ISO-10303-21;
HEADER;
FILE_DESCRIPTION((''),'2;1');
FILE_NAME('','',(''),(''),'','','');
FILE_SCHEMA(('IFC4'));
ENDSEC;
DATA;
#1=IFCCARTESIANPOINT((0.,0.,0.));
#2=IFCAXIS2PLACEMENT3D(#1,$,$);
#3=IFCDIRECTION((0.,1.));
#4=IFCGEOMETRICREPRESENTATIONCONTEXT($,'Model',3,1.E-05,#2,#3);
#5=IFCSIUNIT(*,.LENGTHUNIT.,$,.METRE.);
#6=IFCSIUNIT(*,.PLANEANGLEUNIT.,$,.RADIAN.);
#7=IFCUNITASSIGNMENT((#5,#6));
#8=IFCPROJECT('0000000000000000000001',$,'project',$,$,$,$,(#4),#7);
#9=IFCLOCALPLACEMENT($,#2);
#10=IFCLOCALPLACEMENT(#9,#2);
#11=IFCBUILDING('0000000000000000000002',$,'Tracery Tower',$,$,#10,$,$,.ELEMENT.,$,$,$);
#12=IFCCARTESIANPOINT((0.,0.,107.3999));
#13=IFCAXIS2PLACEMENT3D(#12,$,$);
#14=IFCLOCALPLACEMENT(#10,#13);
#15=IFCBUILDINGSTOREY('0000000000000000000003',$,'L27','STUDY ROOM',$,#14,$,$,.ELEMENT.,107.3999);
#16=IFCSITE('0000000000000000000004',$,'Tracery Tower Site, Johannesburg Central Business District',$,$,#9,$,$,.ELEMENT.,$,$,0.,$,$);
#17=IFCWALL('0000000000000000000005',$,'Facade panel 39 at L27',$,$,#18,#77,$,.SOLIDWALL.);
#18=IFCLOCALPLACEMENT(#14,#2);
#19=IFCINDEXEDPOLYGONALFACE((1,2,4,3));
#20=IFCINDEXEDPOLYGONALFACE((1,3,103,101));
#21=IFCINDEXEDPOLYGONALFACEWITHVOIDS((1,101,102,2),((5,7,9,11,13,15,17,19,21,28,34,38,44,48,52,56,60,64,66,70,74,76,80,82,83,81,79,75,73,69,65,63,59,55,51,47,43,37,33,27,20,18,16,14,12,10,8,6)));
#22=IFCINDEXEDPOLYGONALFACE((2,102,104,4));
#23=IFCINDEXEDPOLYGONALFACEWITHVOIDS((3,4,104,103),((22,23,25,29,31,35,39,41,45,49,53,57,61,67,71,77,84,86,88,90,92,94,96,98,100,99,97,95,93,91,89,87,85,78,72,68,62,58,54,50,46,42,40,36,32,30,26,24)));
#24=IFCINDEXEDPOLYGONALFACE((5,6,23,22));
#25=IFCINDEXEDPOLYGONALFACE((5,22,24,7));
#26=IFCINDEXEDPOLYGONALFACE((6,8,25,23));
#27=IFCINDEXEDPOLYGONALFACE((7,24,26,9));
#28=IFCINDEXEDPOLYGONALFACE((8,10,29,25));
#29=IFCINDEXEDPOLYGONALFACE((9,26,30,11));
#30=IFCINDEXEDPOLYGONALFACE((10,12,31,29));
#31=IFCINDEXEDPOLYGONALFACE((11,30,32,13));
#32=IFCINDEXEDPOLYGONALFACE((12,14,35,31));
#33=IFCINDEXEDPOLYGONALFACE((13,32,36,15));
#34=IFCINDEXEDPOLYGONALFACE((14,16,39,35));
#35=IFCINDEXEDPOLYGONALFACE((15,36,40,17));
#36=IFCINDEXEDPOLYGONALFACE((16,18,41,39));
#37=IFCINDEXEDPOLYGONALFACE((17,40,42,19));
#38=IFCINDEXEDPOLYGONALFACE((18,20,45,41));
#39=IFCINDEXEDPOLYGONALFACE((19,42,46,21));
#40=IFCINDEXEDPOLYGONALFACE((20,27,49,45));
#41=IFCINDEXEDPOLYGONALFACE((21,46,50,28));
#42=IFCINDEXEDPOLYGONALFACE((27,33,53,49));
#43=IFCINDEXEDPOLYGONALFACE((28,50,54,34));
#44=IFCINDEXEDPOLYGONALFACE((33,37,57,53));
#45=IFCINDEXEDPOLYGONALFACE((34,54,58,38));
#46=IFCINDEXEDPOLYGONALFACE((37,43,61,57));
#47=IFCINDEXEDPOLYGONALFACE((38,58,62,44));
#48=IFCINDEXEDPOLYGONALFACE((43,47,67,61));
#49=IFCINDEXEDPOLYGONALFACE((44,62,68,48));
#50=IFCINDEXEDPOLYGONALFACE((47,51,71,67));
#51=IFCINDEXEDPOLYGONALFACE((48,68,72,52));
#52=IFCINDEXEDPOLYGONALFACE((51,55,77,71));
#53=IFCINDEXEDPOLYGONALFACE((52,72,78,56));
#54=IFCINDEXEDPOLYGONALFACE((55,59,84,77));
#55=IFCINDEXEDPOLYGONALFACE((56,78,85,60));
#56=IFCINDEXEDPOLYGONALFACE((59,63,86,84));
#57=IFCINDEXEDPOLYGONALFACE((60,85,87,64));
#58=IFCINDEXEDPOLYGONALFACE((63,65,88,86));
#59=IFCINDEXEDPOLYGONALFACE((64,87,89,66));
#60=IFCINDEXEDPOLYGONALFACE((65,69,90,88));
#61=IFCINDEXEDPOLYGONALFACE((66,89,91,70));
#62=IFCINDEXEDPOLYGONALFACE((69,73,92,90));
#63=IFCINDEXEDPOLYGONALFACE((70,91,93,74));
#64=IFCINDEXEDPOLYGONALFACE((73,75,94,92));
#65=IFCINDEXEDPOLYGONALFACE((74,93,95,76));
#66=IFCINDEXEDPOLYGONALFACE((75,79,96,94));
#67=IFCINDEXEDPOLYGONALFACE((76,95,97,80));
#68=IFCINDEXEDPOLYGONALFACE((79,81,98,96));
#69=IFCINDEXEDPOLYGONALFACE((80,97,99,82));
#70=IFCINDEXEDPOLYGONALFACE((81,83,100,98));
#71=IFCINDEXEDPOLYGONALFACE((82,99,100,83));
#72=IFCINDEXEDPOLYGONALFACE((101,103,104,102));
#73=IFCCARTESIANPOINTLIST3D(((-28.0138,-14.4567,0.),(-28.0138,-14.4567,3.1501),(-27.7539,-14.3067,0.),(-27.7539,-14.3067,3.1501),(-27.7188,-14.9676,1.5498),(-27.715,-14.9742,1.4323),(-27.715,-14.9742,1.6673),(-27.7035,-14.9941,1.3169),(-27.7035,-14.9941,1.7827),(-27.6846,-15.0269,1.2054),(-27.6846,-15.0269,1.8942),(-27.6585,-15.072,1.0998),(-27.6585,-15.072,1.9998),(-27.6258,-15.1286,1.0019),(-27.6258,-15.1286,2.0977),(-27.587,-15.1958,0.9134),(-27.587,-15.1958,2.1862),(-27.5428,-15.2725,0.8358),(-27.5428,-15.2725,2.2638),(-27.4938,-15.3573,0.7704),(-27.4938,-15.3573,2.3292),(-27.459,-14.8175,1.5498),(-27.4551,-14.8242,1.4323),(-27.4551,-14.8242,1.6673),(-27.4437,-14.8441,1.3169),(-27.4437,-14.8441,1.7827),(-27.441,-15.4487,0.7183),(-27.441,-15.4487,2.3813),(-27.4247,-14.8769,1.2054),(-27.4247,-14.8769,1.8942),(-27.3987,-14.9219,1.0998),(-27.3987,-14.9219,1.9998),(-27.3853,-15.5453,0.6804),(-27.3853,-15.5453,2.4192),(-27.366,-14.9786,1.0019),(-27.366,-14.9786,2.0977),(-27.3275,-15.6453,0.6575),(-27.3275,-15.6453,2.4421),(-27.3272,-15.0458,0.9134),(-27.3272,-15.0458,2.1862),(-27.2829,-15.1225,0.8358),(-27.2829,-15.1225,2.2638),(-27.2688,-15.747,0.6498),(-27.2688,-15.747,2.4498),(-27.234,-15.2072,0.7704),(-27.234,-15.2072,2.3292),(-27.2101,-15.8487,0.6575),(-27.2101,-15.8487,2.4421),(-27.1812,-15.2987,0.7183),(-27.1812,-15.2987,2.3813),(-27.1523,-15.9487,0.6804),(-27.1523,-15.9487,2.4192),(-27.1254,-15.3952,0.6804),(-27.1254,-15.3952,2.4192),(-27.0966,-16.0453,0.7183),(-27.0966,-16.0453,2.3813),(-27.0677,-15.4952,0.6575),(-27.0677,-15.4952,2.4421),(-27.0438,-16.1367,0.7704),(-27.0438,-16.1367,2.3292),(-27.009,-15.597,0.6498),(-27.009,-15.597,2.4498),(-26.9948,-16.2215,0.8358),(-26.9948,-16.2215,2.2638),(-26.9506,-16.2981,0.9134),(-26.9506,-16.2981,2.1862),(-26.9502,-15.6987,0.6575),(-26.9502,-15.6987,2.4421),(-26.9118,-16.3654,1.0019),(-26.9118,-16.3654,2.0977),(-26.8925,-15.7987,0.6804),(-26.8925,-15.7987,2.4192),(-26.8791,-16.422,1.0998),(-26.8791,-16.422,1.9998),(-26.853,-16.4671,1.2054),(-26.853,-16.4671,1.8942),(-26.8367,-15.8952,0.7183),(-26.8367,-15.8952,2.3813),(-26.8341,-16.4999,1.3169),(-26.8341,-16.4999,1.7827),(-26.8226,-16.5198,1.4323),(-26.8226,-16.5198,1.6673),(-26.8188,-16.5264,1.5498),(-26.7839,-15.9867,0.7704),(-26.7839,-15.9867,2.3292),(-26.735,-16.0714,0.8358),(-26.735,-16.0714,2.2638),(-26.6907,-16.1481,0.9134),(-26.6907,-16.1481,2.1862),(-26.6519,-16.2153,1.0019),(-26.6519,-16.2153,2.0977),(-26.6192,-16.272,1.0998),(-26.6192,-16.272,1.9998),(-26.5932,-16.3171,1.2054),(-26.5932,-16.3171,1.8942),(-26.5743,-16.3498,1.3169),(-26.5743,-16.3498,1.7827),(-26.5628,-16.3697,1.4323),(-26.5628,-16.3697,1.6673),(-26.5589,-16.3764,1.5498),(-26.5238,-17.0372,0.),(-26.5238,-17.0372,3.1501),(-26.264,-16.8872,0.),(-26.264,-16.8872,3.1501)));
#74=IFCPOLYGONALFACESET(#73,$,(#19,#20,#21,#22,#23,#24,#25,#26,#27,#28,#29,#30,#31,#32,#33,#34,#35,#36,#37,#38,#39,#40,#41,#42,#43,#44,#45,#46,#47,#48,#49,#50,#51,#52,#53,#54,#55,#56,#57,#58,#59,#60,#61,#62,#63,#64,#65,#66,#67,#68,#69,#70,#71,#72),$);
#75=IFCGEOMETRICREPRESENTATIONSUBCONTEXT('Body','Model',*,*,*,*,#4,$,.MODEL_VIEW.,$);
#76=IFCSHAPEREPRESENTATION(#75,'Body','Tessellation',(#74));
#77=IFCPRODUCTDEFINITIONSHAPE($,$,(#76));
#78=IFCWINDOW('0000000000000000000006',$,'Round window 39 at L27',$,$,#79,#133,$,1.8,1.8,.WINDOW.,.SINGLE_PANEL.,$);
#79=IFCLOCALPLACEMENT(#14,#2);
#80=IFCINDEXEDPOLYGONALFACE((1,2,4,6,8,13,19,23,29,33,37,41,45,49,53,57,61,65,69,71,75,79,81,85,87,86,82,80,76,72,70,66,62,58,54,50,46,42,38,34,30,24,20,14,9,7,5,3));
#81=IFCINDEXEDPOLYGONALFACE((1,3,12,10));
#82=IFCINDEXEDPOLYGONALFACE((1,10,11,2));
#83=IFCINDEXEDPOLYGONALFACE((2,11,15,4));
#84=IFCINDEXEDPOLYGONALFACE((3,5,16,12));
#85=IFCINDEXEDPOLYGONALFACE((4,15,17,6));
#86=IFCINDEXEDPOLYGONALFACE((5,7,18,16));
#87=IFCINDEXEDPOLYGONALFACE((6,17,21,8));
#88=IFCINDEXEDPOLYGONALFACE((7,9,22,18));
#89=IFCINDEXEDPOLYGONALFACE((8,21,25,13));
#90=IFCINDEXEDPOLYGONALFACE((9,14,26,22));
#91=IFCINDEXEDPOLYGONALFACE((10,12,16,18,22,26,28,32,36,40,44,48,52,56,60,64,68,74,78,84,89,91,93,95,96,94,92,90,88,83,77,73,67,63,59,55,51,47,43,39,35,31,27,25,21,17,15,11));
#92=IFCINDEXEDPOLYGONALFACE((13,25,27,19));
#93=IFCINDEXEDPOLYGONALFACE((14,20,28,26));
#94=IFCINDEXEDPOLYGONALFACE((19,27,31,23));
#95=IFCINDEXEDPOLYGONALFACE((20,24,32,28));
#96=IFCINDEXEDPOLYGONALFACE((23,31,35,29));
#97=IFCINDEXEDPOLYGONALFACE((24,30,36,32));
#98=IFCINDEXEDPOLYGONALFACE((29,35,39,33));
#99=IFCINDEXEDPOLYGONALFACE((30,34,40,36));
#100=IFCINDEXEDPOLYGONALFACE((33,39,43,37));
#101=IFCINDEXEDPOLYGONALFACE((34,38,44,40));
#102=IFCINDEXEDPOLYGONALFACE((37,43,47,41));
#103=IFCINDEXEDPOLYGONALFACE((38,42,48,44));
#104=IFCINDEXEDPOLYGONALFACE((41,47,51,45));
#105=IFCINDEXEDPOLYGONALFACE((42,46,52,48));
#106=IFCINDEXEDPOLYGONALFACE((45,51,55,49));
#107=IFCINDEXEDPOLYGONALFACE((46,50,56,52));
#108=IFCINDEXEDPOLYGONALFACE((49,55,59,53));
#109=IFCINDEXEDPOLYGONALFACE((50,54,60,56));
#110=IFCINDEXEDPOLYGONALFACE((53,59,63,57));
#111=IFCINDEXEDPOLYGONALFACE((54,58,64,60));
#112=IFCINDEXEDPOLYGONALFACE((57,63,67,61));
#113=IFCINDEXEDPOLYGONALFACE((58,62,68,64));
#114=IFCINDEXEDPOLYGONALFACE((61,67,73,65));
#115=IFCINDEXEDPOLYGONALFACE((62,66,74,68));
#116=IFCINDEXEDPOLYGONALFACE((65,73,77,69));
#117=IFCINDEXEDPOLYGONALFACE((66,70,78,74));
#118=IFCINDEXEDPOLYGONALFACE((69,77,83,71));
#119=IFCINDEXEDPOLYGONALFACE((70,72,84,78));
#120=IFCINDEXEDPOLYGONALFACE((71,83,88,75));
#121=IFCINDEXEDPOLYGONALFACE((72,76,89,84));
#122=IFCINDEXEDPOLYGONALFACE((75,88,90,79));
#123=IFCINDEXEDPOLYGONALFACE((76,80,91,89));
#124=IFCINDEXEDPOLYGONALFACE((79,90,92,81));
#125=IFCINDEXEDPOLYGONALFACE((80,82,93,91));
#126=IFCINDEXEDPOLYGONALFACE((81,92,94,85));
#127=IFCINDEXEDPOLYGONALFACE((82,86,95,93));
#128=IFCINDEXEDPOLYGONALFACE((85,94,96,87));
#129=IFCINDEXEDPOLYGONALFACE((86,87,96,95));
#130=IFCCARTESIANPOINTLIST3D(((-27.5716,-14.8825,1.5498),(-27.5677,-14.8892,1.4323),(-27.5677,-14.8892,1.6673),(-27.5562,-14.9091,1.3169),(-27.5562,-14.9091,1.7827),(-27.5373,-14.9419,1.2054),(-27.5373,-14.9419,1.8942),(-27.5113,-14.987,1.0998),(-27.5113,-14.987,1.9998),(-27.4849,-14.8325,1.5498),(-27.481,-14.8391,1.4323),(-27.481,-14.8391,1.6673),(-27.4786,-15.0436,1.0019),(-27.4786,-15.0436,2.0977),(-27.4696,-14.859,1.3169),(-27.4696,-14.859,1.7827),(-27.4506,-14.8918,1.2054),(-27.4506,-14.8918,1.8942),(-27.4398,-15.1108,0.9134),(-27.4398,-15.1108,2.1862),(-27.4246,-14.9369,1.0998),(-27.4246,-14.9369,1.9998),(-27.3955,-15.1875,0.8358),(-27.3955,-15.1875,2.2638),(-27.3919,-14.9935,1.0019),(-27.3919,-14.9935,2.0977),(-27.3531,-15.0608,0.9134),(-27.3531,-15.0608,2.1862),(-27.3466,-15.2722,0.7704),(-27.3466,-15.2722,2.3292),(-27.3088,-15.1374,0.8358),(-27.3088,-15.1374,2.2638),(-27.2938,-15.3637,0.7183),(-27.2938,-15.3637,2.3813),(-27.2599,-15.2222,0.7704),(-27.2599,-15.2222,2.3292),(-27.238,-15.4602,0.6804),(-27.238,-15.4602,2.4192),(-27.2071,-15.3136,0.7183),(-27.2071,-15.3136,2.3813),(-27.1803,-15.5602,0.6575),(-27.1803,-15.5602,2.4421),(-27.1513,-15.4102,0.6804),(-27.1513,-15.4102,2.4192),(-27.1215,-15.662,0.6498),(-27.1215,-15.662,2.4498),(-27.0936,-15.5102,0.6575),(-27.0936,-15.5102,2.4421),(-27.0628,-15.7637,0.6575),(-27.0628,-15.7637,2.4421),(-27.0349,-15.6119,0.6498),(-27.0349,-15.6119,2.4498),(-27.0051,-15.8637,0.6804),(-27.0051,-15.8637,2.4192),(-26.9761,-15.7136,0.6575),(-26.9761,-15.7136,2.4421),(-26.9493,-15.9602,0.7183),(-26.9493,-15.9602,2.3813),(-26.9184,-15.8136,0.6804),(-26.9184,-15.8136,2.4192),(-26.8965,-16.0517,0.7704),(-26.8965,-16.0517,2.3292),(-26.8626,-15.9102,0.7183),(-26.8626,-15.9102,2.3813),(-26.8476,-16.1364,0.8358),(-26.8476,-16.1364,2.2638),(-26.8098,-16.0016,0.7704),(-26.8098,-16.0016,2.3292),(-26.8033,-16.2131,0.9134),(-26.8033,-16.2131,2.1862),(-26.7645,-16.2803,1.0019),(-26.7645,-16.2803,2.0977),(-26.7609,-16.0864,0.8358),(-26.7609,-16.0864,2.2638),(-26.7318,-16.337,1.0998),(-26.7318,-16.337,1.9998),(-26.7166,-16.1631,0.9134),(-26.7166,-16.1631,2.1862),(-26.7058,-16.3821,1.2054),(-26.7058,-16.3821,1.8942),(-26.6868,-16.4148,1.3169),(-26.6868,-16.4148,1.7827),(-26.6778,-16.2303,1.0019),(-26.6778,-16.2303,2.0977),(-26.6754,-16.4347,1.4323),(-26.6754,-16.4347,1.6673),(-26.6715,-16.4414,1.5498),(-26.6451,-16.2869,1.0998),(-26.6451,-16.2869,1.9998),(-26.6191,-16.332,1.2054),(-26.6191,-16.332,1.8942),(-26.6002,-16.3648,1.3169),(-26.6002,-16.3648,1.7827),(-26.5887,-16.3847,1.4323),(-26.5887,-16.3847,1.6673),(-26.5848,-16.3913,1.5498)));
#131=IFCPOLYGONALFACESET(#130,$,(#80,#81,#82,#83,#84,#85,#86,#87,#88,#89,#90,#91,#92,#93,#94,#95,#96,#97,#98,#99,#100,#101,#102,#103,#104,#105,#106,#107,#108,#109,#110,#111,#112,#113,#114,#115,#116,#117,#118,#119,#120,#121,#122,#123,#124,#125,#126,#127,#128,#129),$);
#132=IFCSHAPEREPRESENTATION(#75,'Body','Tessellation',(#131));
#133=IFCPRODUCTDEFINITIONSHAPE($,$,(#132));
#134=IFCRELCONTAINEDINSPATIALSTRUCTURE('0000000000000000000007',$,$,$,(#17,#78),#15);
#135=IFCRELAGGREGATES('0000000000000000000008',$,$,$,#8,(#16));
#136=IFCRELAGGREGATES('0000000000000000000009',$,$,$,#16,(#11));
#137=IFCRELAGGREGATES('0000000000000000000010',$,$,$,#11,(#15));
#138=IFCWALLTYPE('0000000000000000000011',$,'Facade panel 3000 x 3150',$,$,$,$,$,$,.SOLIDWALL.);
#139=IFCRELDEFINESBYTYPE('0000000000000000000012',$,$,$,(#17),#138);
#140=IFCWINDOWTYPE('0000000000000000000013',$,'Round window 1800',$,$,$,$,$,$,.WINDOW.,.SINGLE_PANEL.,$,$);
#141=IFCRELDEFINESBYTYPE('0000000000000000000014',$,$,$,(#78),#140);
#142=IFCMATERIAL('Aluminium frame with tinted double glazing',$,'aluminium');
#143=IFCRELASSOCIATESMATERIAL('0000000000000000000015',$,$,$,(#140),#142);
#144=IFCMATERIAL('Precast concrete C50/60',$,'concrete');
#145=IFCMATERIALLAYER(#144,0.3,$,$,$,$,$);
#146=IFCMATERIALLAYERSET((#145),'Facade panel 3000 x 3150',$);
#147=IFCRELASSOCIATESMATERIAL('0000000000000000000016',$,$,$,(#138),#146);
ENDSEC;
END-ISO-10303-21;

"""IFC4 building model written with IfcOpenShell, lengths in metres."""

from ifc_helpers import new_model, si_unit, direction, frame, frame_2d, origin, origin_2d, place, context, subcontext, project, spatial, rectangle, circle, extrude, material, layer, layer_set, type_object, element, fill, save


model = new_model("IFC4")

# Units and contexts
model_context = context("Model", 3, precision=1e-05, world=origin(), true_north=direction((0.0, 1.0)))
body_context = subcontext(model_context, "Body", "Model", "MODEL_VIEW")
ifc_project = project(units=[si_unit("LENGTHUNIT", "METRE"), si_unit("PLANEANGLEUNIT", "RADIAN")], contexts=[model_context])

# Site, building, storey
site_placement = place(None, origin())
site = spatial("IfcSite", under=ifc_project, at=site_placement, Name="Tracery Tower Site, Johannesburg Central Business District", CompositionType="ELEMENT", RefElevation=0.0)
building_placement = place(site_placement, origin())
building = spatial("IfcBuilding", under=site, at=building_placement, Name="Tracery Tower", CompositionType="ELEMENT")
storey_placement = place(building_placement, frame((0.0, 0.0, 107.3999)))
storey = spatial("IfcBuildingStorey", under=building, at=storey_placement, Name="L27", Description="STUDY ROOM", CompositionType="ELEMENT", Elevation=107.3999)

# Wall, opening, window
ifc_material_1 = material(Name="Aluminium frame with tinted double glazing", Category="aluminium")
window_type = type_object("IfcWindowType", Name="Round window 1800", PartitioningType="SINGLE_PANEL", PredefinedType="WINDOW", material=ifc_material_1)
ifc_material_2 = material(Name="Precast concrete C50/60", Category="concrete")
ifc_layer_1 = layer(ifc_material_2, 0.3)
ifc_layer_set_1 = layer_set([ifc_layer_1], Name="Facade panel 3000 x 3150")
wall_type_1 = type_object("IfcWallType", Name="Facade panel 3000 x 3150", PredefinedType="SOLIDWALL", material=ifc_layer_set_1)
wall_1_placement = place(storey_placement, frame((-27.8838, -14.3818, 0.0), z_axis=(0.0, 0.0, 1.0), x_axis=(0.500025, -0.866011, 0.0)))
wall_1 = element("IfcWall", 1, at=wall_1_placement, inside=storey, type_object=wall_type_1, Name="Facade panel 39 at L27", PredefinedType="SOLIDWALL", context=body_context, shape_type="SweptSolid", body=[
    extrude(rectangle(XDim=2.9797, YDim=0.3, at=frame_2d((1.4897, 0.0))), origin(), (0.0, 0.0, 1.0), 3.1501),
])
opening_1_placement = place(wall_1_placement, frame((1.4897, 0.0, 1.5498)))
opening_1 = element("IfcOpeningElement", 2, at=opening_1_placement, cuts=wall_1, PredefinedType="OPENING", context=body_context, shape_type="SweptSolid", body=[
    extrude(circle(Radius=0.9, at=origin_2d()), frame((0.0, 0.1599, 0.0), z_axis=(0.0, -1.0, 0.0), x_axis=(1.0, 0.0, 0.0)), (0.0, 0.0, 1.0), 0.3201),
])
window_1_placement = place(opening_1_placement, origin())
window_1 = element("IfcWindow", 3, at=window_1_placement, inside=storey, type_object=window_type, Name="Round window 39 at L27", OverallHeight=1.8, OverallWidth=1.8, PartitioningType="SINGLE_PANEL", PredefinedType="WINDOW", context=body_context, shape_type="SweptSolid", body=[
    extrude(circle(Radius=0.9, at=origin_2d()), frame((0.0, 0.1201, 0.0), z_axis=(0.0, -1.0, 0.0), x_axis=(1.0, 0.0, 0.0)), (0.0, 0.0, 1.0), 0.1001),
])
fill(opening_1, window_1)

save(model, "model.ifc")
